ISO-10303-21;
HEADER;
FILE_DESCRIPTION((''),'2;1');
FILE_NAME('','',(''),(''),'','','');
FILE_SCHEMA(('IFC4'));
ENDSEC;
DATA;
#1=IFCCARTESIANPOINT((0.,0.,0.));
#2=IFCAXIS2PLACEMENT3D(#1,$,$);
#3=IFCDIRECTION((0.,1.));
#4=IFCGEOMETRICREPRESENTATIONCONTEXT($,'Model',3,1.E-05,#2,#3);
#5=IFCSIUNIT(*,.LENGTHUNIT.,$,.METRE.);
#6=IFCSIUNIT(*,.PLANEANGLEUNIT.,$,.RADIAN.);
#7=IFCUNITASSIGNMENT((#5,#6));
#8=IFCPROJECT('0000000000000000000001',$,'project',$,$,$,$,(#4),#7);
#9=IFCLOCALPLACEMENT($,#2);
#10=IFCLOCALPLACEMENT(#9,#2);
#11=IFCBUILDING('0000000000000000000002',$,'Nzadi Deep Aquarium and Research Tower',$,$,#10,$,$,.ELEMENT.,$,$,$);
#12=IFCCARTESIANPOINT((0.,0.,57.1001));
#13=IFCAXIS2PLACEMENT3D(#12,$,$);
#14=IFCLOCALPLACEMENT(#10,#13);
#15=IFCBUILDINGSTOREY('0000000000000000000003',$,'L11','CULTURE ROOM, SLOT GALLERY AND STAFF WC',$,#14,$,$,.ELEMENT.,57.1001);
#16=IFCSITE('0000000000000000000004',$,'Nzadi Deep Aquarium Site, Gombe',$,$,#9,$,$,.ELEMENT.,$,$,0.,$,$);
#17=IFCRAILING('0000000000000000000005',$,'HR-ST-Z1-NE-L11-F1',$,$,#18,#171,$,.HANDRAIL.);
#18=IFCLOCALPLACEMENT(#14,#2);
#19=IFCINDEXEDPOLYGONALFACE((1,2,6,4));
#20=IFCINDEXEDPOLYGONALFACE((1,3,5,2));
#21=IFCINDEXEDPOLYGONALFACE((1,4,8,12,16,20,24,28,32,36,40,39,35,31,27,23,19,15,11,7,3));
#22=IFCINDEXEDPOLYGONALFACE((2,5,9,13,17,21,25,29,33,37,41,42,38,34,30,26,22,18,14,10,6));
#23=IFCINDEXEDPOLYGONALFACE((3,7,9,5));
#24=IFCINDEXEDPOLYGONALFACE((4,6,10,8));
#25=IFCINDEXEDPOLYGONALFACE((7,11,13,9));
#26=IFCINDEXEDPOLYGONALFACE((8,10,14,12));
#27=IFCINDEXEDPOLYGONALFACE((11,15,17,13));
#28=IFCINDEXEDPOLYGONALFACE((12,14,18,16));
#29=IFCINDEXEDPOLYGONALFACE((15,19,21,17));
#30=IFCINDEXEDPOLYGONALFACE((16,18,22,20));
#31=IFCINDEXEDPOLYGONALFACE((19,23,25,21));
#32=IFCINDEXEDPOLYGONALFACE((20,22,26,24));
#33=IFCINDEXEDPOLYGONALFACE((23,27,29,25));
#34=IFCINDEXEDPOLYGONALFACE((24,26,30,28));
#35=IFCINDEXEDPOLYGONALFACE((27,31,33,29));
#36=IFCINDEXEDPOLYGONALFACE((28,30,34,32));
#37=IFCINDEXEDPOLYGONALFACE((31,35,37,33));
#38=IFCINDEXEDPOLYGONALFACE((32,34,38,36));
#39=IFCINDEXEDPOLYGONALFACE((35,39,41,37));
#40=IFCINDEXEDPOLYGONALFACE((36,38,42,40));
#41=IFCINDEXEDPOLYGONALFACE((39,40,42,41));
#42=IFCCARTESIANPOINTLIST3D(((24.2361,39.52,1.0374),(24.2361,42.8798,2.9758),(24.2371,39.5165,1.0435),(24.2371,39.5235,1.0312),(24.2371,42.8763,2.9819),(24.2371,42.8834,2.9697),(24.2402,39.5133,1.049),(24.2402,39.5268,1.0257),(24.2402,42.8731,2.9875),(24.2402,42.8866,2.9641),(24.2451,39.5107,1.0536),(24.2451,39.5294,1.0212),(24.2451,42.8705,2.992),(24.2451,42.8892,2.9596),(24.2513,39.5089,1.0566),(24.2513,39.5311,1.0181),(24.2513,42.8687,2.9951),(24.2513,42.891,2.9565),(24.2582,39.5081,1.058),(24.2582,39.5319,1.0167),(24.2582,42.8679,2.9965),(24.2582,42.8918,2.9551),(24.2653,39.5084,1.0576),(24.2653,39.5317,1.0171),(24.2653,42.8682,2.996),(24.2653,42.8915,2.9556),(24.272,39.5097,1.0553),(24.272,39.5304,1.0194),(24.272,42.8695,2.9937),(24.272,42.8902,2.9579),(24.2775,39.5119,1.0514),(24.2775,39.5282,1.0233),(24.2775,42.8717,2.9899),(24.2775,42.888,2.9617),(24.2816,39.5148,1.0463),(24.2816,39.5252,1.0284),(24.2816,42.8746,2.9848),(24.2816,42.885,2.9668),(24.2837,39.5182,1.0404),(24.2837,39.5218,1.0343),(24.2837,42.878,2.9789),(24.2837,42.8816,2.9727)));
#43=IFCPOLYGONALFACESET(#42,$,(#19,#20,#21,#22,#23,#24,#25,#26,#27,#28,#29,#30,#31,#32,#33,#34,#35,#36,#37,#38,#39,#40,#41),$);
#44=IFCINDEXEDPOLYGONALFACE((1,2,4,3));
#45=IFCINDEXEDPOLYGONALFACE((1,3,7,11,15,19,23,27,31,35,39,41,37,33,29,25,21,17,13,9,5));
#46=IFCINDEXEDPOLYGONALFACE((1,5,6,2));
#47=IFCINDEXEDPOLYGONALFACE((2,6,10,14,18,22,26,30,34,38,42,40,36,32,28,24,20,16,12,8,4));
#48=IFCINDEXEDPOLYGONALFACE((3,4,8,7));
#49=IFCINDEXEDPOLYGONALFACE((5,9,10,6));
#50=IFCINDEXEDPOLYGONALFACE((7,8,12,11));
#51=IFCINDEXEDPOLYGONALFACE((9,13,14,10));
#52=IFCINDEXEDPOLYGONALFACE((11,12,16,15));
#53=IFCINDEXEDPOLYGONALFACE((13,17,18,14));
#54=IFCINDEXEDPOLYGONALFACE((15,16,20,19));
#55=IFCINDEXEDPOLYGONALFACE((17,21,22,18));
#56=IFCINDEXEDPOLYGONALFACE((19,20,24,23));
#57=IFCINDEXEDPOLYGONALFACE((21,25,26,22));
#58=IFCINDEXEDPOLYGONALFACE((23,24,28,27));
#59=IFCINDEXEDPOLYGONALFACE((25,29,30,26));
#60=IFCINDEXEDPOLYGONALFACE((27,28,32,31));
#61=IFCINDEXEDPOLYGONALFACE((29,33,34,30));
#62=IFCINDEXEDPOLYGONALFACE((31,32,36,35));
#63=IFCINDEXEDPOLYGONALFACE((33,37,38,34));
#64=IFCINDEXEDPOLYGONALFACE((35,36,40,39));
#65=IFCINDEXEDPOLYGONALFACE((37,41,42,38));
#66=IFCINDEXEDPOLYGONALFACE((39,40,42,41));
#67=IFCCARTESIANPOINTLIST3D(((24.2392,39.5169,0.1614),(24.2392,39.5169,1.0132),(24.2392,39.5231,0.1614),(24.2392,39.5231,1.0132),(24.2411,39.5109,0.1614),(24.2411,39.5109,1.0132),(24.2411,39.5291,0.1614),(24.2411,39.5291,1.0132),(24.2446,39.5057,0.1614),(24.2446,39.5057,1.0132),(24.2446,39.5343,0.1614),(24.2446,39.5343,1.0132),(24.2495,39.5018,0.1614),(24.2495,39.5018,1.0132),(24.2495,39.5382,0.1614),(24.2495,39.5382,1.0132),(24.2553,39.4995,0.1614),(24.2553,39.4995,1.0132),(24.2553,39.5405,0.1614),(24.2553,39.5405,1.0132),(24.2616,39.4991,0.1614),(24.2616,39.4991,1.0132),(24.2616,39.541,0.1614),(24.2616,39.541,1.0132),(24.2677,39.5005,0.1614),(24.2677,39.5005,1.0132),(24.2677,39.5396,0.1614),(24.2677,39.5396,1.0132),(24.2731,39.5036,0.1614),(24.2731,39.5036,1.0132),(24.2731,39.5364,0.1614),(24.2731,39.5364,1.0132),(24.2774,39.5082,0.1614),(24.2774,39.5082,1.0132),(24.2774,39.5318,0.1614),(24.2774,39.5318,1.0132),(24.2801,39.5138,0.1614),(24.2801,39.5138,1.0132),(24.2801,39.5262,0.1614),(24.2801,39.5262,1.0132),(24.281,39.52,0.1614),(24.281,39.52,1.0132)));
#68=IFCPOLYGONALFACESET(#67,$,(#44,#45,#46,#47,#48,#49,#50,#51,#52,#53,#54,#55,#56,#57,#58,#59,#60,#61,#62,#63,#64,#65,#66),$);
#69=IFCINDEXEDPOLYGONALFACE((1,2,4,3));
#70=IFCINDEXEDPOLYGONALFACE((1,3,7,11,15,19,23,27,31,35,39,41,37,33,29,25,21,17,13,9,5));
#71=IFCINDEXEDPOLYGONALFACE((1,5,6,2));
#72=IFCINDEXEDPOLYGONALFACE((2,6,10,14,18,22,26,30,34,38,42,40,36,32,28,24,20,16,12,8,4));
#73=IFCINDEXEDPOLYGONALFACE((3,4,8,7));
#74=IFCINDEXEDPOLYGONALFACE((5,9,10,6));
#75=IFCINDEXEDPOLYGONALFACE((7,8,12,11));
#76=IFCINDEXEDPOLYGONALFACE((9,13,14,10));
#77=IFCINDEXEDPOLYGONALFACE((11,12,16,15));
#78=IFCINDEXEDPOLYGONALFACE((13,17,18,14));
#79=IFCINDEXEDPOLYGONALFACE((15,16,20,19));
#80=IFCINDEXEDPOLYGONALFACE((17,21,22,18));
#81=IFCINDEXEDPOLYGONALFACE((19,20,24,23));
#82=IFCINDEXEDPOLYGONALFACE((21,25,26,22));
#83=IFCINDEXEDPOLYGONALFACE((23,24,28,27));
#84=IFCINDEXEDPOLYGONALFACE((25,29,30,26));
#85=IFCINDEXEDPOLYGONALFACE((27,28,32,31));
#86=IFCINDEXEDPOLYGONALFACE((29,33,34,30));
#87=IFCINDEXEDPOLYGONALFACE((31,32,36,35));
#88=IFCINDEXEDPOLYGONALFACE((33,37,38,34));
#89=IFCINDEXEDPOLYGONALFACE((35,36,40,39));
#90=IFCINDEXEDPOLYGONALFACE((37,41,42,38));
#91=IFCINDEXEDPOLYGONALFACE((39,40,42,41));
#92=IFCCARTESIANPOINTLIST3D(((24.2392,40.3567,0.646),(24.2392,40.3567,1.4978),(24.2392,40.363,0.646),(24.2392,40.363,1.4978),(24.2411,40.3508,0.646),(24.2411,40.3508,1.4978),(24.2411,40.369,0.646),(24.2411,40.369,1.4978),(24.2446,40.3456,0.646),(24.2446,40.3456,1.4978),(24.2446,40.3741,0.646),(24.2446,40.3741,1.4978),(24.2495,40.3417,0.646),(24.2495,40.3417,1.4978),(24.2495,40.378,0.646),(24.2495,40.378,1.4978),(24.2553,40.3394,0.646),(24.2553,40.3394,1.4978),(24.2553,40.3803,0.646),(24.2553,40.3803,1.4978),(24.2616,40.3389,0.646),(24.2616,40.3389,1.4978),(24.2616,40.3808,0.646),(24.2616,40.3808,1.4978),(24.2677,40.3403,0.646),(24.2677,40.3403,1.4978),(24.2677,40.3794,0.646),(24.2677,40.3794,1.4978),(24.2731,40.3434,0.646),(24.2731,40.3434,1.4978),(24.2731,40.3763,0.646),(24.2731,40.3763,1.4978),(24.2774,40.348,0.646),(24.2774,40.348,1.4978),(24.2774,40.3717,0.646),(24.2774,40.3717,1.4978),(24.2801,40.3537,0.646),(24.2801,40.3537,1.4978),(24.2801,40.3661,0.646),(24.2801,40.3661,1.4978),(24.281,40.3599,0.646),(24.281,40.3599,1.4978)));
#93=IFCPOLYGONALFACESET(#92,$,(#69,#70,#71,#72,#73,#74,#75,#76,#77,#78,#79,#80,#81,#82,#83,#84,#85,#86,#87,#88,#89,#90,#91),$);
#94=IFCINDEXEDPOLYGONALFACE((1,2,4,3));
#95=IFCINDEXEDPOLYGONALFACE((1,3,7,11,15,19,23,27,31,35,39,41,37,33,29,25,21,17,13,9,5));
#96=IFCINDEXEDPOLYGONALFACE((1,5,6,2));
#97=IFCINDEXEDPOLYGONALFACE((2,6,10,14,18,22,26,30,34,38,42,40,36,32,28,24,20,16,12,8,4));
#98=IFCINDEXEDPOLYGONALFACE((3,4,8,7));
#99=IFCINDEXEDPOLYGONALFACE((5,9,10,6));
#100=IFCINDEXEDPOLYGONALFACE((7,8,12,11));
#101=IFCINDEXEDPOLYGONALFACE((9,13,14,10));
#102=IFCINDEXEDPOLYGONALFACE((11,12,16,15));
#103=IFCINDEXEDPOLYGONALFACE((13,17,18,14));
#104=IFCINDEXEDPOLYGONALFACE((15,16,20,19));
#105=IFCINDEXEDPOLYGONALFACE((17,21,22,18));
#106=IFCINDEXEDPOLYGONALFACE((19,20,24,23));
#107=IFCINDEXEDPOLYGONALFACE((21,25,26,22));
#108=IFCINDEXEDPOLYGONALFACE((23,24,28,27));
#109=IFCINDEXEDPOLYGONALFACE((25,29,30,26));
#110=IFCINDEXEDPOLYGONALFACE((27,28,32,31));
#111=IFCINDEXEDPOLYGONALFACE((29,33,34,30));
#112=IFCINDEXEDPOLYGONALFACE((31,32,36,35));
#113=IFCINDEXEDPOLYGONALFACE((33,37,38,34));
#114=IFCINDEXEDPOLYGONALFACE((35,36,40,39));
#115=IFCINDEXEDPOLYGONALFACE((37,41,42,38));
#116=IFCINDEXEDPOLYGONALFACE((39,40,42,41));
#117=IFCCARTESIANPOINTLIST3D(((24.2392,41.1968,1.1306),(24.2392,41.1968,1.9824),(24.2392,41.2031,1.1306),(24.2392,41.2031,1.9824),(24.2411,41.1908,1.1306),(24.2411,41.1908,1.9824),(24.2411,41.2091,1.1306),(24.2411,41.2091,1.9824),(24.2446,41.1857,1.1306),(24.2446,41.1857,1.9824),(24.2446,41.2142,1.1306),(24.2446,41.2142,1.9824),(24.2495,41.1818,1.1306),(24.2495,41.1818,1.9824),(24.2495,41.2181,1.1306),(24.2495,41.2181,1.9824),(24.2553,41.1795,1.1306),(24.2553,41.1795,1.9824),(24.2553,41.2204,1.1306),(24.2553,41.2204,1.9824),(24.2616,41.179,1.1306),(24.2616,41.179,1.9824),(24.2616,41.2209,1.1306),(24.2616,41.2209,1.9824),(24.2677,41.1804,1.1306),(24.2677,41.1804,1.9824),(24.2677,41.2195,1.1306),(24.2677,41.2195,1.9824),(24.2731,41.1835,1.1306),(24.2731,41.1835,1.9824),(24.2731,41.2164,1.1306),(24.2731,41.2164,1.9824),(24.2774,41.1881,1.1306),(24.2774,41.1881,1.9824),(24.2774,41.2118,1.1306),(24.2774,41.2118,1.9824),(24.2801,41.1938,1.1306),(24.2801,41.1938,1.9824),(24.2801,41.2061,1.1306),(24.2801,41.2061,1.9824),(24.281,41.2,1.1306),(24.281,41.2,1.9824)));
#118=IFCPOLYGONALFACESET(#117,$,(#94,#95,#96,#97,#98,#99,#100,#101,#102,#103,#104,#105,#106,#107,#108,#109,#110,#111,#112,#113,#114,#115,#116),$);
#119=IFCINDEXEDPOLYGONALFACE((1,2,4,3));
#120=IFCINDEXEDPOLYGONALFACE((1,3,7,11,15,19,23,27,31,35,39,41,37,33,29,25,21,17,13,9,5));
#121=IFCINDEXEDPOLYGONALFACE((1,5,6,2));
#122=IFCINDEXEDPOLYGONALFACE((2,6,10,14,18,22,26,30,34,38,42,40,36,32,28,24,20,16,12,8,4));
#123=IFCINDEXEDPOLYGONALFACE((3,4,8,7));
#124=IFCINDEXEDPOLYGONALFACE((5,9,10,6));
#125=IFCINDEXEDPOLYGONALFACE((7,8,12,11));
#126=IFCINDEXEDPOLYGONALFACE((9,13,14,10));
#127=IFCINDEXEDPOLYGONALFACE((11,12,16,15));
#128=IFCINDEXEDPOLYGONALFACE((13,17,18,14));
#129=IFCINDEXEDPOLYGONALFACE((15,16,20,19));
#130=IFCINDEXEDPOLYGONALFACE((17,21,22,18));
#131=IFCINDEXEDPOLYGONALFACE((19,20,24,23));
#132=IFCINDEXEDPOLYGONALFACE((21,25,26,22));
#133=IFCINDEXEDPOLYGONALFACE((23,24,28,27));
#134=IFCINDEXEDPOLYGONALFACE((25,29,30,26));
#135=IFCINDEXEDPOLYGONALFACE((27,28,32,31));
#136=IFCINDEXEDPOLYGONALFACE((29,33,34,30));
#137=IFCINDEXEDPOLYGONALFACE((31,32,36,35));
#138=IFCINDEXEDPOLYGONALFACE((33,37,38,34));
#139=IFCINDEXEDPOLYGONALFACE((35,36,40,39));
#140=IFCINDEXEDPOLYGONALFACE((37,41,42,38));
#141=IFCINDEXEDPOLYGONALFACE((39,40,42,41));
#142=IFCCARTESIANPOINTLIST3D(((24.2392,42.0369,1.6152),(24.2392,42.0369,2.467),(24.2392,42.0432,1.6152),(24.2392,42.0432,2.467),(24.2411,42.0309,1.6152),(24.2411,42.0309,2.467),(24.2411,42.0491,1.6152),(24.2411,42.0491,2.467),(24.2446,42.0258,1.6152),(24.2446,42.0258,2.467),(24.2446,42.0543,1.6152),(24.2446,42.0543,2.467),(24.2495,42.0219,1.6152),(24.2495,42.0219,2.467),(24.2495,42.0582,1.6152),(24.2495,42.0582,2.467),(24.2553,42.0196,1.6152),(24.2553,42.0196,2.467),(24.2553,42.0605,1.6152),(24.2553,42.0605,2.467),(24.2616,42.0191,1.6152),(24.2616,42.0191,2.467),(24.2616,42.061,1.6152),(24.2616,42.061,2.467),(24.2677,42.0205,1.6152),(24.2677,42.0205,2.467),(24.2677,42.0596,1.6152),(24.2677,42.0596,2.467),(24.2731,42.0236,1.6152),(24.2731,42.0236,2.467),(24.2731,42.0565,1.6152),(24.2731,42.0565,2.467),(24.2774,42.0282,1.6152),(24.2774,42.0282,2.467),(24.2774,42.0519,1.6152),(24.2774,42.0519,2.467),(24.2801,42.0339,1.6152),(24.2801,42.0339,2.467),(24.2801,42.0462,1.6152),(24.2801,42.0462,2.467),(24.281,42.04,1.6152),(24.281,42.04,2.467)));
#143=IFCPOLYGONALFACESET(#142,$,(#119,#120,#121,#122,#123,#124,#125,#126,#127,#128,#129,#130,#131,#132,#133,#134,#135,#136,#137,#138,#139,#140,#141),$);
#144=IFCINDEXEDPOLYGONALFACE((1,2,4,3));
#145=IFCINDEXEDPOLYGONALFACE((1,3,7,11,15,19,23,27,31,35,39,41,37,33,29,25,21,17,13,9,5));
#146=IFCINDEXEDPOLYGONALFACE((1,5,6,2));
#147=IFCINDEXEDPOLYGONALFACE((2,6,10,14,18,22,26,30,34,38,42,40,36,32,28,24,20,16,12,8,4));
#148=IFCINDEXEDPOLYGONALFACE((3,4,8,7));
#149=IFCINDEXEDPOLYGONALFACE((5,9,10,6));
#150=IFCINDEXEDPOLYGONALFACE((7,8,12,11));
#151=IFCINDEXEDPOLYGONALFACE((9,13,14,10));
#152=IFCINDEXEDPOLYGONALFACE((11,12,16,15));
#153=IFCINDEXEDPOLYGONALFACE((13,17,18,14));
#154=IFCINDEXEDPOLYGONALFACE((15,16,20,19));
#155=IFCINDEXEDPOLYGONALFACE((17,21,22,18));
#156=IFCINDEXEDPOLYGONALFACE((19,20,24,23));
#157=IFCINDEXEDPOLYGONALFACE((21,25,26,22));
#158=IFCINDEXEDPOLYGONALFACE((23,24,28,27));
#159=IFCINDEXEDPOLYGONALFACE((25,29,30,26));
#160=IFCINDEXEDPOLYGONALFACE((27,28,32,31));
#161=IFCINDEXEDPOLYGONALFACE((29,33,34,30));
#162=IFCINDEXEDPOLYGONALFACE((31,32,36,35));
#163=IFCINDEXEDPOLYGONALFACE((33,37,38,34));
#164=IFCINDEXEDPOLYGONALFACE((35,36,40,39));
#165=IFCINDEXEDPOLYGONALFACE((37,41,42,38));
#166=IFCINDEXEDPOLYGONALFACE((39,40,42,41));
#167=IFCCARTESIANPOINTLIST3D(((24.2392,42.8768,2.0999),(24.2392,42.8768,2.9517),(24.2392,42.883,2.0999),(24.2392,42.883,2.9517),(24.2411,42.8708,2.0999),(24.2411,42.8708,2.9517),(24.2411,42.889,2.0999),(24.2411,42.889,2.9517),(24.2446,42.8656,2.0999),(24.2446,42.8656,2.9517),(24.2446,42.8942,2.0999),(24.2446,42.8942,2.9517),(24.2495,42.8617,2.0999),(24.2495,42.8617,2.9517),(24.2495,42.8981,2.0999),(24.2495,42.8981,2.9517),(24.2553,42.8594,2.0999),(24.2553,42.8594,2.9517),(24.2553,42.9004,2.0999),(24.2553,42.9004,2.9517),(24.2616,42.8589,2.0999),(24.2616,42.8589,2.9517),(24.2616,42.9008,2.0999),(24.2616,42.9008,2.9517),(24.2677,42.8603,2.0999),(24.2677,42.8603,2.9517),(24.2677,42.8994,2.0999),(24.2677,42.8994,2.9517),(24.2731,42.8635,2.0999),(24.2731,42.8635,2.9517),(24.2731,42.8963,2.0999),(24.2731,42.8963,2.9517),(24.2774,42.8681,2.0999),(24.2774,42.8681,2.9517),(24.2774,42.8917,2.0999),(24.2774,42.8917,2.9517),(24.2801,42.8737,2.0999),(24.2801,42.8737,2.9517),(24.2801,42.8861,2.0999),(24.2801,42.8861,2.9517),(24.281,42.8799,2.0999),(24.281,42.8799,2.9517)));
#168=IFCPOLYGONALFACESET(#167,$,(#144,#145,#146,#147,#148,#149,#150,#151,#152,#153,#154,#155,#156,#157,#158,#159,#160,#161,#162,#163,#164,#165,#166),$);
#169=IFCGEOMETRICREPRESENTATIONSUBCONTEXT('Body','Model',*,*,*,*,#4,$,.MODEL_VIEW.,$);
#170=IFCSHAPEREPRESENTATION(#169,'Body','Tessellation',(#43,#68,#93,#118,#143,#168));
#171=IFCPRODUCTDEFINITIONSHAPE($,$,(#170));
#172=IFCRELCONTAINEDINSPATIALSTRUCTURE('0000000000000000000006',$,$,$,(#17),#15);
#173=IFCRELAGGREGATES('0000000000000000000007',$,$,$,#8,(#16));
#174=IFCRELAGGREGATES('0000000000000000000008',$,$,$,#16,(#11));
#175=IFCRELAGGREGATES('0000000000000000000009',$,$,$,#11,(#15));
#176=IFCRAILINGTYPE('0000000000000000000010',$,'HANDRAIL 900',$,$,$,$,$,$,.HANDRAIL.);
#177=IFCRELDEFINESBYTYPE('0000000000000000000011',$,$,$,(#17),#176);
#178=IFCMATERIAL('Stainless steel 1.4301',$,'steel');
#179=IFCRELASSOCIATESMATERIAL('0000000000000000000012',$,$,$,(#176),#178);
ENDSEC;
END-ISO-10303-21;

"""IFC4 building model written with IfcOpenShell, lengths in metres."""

from ifc_helpers import new_model, si_unit, direction, frame, origin, origin_2d, place, context, subcontext, project, spatial, circle, extrude, material, type_object, element, save


model = new_model("IFC4")

# Units and contexts
model_context = context("Model", 3, precision=1e-05, world=origin(), true_north=direction((0.0, 1.0)))
body_context = subcontext(model_context, "Body", "Model", "MODEL_VIEW")
ifc_project = project(units=[si_unit("LENGTHUNIT", "METRE"), si_unit("PLANEANGLEUNIT", "RADIAN")], contexts=[model_context])

# Site, building, storey
site_placement = place(None, origin())
site = spatial("IfcSite", under=ifc_project, at=site_placement, Name="Nzadi Deep Aquarium Site, Gombe", CompositionType="ELEMENT", RefElevation=0.0)
building_placement = place(site_placement, origin())
building = spatial("IfcBuilding", under=site, at=building_placement, Name="Nzadi Deep Aquarium and Research Tower", CompositionType="ELEMENT")
storey_placement = place(building_placement, frame((0.0, 0.0, 57.1001)))
storey = spatial("IfcBuildingStorey", under=building, at=storey_placement, Name="L11", Description="CULTURE ROOM, SLOT GALLERY AND STAFF WC", CompositionType="ELEMENT", Elevation=57.1001)

# Railing
ifc_material_1 = material(Name="Stainless steel 1.4301", Category="steel")
railing_type = type_object("IfcRailingType", Name="HANDRAIL 900", PredefinedType="HANDRAIL", material=ifc_material_1)
for number, where, name in (
    (1, (24.26, 39.52, 0.1614), "HR-ST-Z1-NE-L11-F1"),
):
    element("IfcRailing", number, at=place(storey_placement, frame(where)), inside=storey, type_object=railing_type, Name=name, PredefinedType="HANDRAIL", context=body_context, shape_type="SweptSolid", body=[
        extrude(circle(Radius=0.0239, at=origin_2d()), frame((0.0, 0.0, 0.876), z_axis=(0.0, 0.866175, 0.499741), x_axis=(-1.0, 0.0, 0.0)), (0.0, 0.0, 1.0), 3.8789),
        extrude(circle(Radius=0.021, at=origin_2d()), origin(), (0.0, 0.0, 1.0), 0.8518),
        extrude(circle(Radius=0.021, at=origin_2d()), frame((0.0, 0.8398, 0.4846)), (0.0, 0.0, 1.0), 0.8518),
        extrude(circle(Radius=0.021, at=origin_2d()), frame((0.0, 1.6799, 0.9692)), (0.0, 0.0, 1.0), 0.8518),
        extrude(circle(Radius=0.021, at=origin_2d()), frame((0.0, 2.52, 1.4539)), (0.0, 0.0, 1.0), 0.8518),
        extrude(circle(Radius=0.021, at=origin_2d()), frame((0.0, 3.3599, 1.9385)), (0.0, 0.0, 1.0), 0.8518),
    ])

save(model, "model.ifc")
